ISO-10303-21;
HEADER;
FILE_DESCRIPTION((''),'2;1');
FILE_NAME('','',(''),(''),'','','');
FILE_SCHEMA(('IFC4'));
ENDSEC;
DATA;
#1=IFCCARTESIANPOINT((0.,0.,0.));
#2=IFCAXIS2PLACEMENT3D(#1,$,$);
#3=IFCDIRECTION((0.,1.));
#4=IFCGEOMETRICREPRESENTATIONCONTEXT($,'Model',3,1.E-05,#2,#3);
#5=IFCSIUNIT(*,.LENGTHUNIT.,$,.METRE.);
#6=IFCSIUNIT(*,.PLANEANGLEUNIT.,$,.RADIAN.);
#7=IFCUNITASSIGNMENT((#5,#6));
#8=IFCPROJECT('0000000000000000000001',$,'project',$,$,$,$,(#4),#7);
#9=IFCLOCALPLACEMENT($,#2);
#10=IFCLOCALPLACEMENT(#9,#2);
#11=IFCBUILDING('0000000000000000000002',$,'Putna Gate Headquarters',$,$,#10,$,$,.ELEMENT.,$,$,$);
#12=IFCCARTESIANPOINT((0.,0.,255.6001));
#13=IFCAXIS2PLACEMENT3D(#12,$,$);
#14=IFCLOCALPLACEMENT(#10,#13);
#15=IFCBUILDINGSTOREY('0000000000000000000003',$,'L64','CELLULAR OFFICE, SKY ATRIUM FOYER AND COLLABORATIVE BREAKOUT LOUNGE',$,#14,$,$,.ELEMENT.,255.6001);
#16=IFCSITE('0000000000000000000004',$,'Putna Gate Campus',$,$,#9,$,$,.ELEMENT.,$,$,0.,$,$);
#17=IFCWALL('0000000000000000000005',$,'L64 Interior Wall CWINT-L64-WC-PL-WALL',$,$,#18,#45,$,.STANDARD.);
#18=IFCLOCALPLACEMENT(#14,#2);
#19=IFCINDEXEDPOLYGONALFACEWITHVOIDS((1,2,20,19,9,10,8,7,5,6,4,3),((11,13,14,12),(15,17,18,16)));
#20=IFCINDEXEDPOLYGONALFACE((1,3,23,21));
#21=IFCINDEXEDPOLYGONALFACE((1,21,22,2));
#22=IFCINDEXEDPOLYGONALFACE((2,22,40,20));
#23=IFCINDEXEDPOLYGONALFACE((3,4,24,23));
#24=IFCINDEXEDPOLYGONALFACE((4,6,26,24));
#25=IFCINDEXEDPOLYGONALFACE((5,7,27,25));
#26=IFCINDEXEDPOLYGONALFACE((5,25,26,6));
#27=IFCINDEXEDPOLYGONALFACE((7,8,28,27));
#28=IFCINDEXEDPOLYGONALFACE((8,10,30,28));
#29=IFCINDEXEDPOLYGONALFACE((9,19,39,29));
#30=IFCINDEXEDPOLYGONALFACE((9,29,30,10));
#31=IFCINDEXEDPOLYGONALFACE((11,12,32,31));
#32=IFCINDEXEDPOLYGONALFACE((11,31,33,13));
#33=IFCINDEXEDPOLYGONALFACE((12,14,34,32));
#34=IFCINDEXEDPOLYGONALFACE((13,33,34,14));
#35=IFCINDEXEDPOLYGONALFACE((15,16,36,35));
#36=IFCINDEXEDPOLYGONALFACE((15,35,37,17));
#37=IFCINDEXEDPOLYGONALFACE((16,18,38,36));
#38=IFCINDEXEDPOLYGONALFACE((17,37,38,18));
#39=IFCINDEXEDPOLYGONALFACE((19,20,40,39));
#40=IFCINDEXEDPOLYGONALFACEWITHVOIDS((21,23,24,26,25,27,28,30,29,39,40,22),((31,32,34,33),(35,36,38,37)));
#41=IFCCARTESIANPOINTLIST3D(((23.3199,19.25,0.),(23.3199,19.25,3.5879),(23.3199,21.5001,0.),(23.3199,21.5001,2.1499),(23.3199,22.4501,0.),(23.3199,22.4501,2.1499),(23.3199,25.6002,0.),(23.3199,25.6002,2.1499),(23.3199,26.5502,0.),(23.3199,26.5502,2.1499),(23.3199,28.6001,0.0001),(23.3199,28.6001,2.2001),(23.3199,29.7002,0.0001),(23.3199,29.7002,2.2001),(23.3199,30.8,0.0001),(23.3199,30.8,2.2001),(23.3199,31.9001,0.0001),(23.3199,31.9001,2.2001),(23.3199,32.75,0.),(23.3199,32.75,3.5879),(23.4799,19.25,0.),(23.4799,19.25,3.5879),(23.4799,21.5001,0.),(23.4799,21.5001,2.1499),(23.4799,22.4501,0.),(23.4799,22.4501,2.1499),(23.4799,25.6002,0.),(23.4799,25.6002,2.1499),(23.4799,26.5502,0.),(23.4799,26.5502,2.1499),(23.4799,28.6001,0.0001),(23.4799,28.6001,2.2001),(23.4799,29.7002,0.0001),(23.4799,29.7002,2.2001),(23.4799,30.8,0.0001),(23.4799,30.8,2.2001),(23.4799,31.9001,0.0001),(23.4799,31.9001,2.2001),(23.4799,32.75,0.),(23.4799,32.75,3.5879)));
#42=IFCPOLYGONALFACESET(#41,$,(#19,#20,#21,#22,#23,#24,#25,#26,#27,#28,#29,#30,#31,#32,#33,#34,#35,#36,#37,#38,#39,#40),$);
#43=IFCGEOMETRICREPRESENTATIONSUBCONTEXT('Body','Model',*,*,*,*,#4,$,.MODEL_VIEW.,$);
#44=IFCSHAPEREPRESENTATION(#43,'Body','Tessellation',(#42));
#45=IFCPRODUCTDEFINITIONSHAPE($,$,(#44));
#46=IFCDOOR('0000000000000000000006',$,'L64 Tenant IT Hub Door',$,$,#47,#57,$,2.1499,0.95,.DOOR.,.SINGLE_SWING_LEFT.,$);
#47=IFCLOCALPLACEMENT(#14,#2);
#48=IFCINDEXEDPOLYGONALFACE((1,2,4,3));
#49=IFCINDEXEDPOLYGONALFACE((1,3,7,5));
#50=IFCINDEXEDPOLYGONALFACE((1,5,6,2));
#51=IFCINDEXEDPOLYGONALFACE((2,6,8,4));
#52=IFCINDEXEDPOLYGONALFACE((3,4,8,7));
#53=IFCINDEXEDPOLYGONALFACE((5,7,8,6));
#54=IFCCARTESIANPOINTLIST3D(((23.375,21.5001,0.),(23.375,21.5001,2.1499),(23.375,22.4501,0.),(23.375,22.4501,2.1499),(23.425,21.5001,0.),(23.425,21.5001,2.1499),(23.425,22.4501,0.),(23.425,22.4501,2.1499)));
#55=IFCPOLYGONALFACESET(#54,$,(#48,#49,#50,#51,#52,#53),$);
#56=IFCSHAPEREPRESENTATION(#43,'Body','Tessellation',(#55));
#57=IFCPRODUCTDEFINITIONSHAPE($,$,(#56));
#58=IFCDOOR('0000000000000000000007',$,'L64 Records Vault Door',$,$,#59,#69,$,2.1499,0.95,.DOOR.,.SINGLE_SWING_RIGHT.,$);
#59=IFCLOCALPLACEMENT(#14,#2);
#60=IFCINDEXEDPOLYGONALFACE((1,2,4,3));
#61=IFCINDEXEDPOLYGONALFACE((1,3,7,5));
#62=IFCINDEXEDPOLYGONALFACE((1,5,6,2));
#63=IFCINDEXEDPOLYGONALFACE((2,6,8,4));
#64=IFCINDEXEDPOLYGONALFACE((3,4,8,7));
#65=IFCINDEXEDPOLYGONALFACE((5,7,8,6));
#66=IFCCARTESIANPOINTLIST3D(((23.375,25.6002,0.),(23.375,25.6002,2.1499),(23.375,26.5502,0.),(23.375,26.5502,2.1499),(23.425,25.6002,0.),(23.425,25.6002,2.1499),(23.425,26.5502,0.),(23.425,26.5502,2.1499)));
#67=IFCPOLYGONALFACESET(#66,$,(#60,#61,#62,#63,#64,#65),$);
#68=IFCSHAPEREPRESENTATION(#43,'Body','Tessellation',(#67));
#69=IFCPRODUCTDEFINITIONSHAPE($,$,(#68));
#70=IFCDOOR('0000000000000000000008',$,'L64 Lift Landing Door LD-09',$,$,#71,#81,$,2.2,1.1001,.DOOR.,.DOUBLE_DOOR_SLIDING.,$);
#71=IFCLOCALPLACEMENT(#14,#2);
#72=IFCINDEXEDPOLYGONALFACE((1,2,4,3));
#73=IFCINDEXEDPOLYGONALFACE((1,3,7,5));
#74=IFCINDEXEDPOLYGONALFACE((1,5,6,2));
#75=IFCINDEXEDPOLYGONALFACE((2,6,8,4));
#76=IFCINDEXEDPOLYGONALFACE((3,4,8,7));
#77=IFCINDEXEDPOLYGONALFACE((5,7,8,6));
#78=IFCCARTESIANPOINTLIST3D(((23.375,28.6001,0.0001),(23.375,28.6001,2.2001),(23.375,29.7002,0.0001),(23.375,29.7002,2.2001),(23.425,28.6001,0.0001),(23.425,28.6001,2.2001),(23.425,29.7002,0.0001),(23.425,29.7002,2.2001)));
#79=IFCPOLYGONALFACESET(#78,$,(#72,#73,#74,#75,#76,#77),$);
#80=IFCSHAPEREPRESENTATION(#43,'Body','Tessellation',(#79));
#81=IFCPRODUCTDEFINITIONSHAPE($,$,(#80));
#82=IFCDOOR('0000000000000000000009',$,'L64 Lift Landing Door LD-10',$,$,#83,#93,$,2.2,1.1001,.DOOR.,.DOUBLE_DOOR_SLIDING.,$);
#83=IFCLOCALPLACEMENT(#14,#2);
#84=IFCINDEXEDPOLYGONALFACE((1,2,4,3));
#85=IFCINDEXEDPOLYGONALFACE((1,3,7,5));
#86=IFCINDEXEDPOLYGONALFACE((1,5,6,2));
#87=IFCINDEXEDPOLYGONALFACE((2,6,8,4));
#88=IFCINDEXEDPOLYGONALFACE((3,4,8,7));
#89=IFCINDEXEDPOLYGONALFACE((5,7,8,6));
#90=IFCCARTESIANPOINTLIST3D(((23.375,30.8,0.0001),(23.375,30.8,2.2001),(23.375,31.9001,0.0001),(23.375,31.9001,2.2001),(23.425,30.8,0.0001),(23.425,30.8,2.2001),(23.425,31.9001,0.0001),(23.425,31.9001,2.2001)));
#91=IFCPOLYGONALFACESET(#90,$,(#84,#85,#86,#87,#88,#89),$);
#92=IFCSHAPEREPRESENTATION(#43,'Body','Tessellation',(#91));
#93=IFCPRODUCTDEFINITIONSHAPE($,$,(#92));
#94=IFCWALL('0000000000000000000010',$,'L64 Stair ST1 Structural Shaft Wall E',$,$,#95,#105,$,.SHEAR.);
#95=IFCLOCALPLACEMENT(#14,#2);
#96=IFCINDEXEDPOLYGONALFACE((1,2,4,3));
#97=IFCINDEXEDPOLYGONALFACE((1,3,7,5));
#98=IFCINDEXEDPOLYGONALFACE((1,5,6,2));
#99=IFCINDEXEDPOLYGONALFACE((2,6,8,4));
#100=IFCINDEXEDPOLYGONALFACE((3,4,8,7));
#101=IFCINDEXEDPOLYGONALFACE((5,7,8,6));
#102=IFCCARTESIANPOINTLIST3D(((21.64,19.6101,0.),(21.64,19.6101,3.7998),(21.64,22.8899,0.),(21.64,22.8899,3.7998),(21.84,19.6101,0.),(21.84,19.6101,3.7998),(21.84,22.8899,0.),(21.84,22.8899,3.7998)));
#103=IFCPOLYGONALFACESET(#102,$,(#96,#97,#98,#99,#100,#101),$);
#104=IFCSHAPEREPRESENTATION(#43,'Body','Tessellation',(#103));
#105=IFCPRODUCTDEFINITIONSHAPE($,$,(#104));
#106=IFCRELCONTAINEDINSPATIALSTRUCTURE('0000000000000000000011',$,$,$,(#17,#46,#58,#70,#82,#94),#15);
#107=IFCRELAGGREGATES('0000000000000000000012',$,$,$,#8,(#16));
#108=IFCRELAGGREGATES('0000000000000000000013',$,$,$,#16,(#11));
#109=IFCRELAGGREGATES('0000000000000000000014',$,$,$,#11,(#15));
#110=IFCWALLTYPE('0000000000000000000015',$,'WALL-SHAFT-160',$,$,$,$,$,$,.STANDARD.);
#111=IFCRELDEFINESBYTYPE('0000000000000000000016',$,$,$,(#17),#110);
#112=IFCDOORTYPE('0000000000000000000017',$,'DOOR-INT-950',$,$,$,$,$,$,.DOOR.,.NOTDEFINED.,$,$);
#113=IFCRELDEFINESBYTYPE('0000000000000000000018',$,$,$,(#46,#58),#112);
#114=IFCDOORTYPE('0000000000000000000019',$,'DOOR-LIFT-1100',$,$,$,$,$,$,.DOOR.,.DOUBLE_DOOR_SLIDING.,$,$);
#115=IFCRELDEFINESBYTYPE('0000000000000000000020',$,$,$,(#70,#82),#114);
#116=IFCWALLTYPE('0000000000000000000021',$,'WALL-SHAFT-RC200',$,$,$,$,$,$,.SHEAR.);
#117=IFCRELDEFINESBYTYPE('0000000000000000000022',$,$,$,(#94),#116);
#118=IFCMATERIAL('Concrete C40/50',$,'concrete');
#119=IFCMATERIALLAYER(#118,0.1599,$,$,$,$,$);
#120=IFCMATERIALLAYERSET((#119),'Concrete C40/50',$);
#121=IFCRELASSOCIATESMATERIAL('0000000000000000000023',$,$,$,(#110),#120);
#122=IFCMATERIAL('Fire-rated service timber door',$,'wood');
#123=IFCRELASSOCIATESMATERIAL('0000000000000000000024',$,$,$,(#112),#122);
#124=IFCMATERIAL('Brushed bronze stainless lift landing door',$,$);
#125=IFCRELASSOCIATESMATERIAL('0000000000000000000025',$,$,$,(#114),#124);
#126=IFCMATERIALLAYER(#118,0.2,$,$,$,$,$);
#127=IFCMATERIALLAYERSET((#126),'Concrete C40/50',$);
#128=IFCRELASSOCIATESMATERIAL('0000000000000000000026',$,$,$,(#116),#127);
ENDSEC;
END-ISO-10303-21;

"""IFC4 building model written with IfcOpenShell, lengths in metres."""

from ifc_helpers import new_model, si_unit, direction, frame, frame_2d, origin, place, context, subcontext, project, spatial, rectangle, extrude, material, layer, layer_set, type_object, element, fill, save


model = new_model("IFC4")

# Units and contexts
model_context = context("Model", 3, precision=1e-05, world=origin(), true_north=direction((0.0, 1.0)))
body_context = subcontext(model_context, "Body", "Model", "MODEL_VIEW")
ifc_project = project(units=[si_unit("LENGTHUNIT", "METRE"), si_unit("PLANEANGLEUNIT", "RADIAN")], contexts=[model_context])

# Site, building, storey
site_placement = place(None, origin())
site = spatial("IfcSite", under=ifc_project, at=site_placement, Name="Putna Gate Campus", CompositionType="ELEMENT", RefElevation=0.0)
building_placement = place(site_placement, origin())
building = spatial("IfcBuilding", under=site, at=building_placement, Name="Putna Gate Headquarters", CompositionType="ELEMENT")
storey_placement = place(building_placement, frame((0.0, 0.0, 255.6001)))
storey = spatial("IfcBuildingStorey", under=building, at=storey_placement, Name="L64", Description="CELLULAR OFFICE, SKY ATRIUM FOYER AND COLLABORATIVE BREAKOUT LOUNGE", CompositionType="ELEMENT", Elevation=255.6001)

# Wall, openings, doors
ifc_material_1 = material(Name="Concrete C40/50", Category="concrete")
ifc_layer_1 = layer(ifc_material_1, 0.1599)
ifc_layer_set_1 = layer_set([ifc_layer_1], Name="Concrete C40/50")
wall_type_1 = type_object("IfcWallType", Name="WALL-SHAFT-160", PredefinedType="STANDARD", material=ifc_layer_set_1)
wall_1_placement = place(storey_placement, frame((23.3999, 19.25, 0.0), z_axis=(0.0, 0.0, 1.0), x_axis=(0.0, 1.0, 0.0)))
wall_1 = element("IfcWall", 1, at=wall_1_placement, inside=storey, type_object=wall_type_1, Name="L64 Interior Wall CWINT-L64-WC-PL-WALL", PredefinedType="STANDARD", context=body_context, shape_type="SweptSolid", body=[
    extrude(rectangle(XDim=13.5, YDim=0.1599, at=frame_2d((6.75, 0.0))), origin(), (0.0, 0.0, 1.0), 3.5879),
])
opening_1_placement = place(wall_1_placement, frame((2.25, 0.0, 0.0)))
opening_1 = element("IfcOpeningElement", 2, at=opening_1_placement, cuts=wall_1, PredefinedType="OPENING", context=body_context, shape_type="SweptSolid", body=[
    extrude(rectangle(XDim=0.95, YDim=2.1499, at=frame_2d((0.4751, 1.075))), frame((0.0, 0.0898, 0.0), z_axis=(0.0, -1.0, 0.0), x_axis=(1.0, 0.0, 0.0)), (0.0, 0.0, 1.0), 0.1799),
])
opening_2_placement = place(wall_1_placement, frame((6.3501, 0.0, 0.0)))
opening_2 = element("IfcOpeningElement", 3, at=opening_2_placement, cuts=wall_1, PredefinedType="OPENING", context=body_context, shape_type="SweptSolid", body=[
    extrude(rectangle(XDim=0.95, YDim=2.1499, at=frame_2d((0.4751, 1.075))), frame((0.0, 0.0898, 0.0), z_axis=(0.0, -1.0, 0.0), x_axis=(1.0, 0.0, 0.0)), (0.0, 0.0, 1.0), 0.1799),
])
opening_3_placement = place(wall_1_placement, frame((9.3501, 0.0, 0.0)))
opening_3 = element("IfcOpeningElement", 4, at=opening_3_placement, cuts=wall_1, PredefinedType="OPENING", context=body_context, shape_type="SweptSolid", body=[
    extrude(rectangle(XDim=1.1001, YDim=2.2, at=frame_2d((0.55, 1.1001))), frame((0.0, 0.0898, 0.0), z_axis=(0.0, -1.0, 0.0), x_axis=(1.0, 0.0, 0.0)), (0.0, 0.0, 1.0), 0.1799),
])
opening_4_placement = place(wall_1_placement, frame((11.55, 0.0, 0.0)))
opening_4 = element("IfcOpeningElement", 5, at=opening_4_placement, cuts=wall_1, PredefinedType="OPENING", context=body_context, shape_type="SweptSolid", body=[
    extrude(rectangle(XDim=1.1001, YDim=2.2, at=frame_2d((0.55, 1.1001))), frame((0.0, 0.0898, 0.0), z_axis=(0.0, -1.0, 0.0), x_axis=(1.0, 0.0, 0.0)), (0.0, 0.0, 1.0), 0.1799),
])
ifc_material_2 = material(Name="Fire-rated service timber door", Category="wood")
door_type_1 = type_object("IfcDoorType", Name="DOOR-INT-950", OperationType="NOTDEFINED", PredefinedType="DOOR", material=ifc_material_2)
door_1_placement = place(opening_1_placement, origin())
door_1 = element("IfcDoor", 6, at=door_1_placement, inside=storey, type_object=door_type_1, Name="L64 Tenant IT Hub Door", OperationType="SINGLE_SWING_LEFT", OverallHeight=2.1499, OverallWidth=0.95, PredefinedType="DOOR", context=body_context, shape_type="SweptSolid", body=[
    extrude(rectangle(XDim=0.95, YDim=2.1499, at=frame_2d((0.4751, 1.075))), frame((0.0, 0.0249, 0.0), z_axis=(0.0, -1.0, 0.0), x_axis=(1.0, 0.0, 0.0)), (0.0, 0.0, 1.0), 0.05),
])
fill(opening_1, door_1)
door_2_placement = place(opening_2_placement, origin())
door_2 = element("IfcDoor", 7, at=door_2_placement, inside=storey, type_object=door_type_1, Name="L64 Records Vault Door", OperationType="SINGLE_SWING_RIGHT", OverallHeight=2.1499, OverallWidth=0.95, PredefinedType="DOOR", context=body_context, shape_type="SweptSolid", body=[
    extrude(rectangle(XDim=0.95, YDim=2.1499, at=frame_2d((0.4751, 1.075))), frame((0.0, 0.0249, 0.0), z_axis=(0.0, -1.0, 0.0), x_axis=(1.0, 0.0, 0.0)), (0.0, 0.0, 1.0), 0.05),
])
fill(opening_2, door_2)
ifc_material_3 = material(Name="Brushed bronze stainless lift landing door")
door_type_2 = type_object("IfcDoorType", Name="DOOR-LIFT-1100", OperationType="DOUBLE_DOOR_SLIDING", PredefinedType="DOOR", material=ifc_material_3)
door_3_placement = place(opening_3_placement, origin())
door_3 = element("IfcDoor", 8, at=door_3_placement, inside=storey, type_object=door_type_2, Name="L64 Lift Landing Door LD-09", OperationType="DOUBLE_DOOR_SLIDING", OverallHeight=2.2, OverallWidth=1.1001, PredefinedType="DOOR", context=body_context, shape_type="SweptSolid", body=[
    extrude(rectangle(XDim=1.1001, YDim=2.2, at=frame_2d((0.55, 1.1001))), frame((0.0, 0.0249, 0.0), z_axis=(0.0, -1.0, 0.0), x_axis=(1.0, 0.0, 0.0)), (0.0, 0.0, 1.0), 0.05),
])
fill(opening_3, door_3)
door_4_placement = place(opening_4_placement, origin())
door_4 = element("IfcDoor", 9, at=door_4_placement, inside=storey, type_object=door_type_2, Name="L64 Lift Landing Door LD-10", OperationType="DOUBLE_DOOR_SLIDING", OverallHeight=2.2, OverallWidth=1.1001, PredefinedType="DOOR", context=body_context, shape_type="SweptSolid", body=[
    extrude(rectangle(XDim=1.1001, YDim=2.2, at=frame_2d((0.55, 1.1001))), frame((0.0, 0.0249, 0.0), z_axis=(0.0, -1.0, 0.0), x_axis=(1.0, 0.0, 0.0)), (0.0, 0.0, 1.0), 0.05),
])
fill(opening_4, door_4)

# Wall
ifc_layer_2 = layer(ifc_material_1, 0.2)
ifc_layer_set_2 = layer_set([ifc_layer_2], Name="Concrete C40/50")
wall_type_2 = type_object("IfcWallType", Name="WALL-SHAFT-RC200", PredefinedType="SHEAR", material=ifc_layer_set_2)
wall_2_placement = place(storey_placement, frame((21.74, 19.6101, 0.0), z_axis=(0.0, 0.0, 1.0), x_axis=(0.0, 1.0, 0.0)))
element("IfcWall", 10, at=wall_2_placement, inside=storey, type_object=wall_type_2, Name="L64 Stair ST1 Structural Shaft Wall E", PredefinedType="SHEAR", context=body_context, shape_type="SweptSolid", body=[
    extrude(rectangle(XDim=3.2798, YDim=0.2, at=frame_2d((1.6399, 0.0))), origin(), (0.0, 0.0, 1.0), 3.7998),
])

save(model, "model.ifc")
